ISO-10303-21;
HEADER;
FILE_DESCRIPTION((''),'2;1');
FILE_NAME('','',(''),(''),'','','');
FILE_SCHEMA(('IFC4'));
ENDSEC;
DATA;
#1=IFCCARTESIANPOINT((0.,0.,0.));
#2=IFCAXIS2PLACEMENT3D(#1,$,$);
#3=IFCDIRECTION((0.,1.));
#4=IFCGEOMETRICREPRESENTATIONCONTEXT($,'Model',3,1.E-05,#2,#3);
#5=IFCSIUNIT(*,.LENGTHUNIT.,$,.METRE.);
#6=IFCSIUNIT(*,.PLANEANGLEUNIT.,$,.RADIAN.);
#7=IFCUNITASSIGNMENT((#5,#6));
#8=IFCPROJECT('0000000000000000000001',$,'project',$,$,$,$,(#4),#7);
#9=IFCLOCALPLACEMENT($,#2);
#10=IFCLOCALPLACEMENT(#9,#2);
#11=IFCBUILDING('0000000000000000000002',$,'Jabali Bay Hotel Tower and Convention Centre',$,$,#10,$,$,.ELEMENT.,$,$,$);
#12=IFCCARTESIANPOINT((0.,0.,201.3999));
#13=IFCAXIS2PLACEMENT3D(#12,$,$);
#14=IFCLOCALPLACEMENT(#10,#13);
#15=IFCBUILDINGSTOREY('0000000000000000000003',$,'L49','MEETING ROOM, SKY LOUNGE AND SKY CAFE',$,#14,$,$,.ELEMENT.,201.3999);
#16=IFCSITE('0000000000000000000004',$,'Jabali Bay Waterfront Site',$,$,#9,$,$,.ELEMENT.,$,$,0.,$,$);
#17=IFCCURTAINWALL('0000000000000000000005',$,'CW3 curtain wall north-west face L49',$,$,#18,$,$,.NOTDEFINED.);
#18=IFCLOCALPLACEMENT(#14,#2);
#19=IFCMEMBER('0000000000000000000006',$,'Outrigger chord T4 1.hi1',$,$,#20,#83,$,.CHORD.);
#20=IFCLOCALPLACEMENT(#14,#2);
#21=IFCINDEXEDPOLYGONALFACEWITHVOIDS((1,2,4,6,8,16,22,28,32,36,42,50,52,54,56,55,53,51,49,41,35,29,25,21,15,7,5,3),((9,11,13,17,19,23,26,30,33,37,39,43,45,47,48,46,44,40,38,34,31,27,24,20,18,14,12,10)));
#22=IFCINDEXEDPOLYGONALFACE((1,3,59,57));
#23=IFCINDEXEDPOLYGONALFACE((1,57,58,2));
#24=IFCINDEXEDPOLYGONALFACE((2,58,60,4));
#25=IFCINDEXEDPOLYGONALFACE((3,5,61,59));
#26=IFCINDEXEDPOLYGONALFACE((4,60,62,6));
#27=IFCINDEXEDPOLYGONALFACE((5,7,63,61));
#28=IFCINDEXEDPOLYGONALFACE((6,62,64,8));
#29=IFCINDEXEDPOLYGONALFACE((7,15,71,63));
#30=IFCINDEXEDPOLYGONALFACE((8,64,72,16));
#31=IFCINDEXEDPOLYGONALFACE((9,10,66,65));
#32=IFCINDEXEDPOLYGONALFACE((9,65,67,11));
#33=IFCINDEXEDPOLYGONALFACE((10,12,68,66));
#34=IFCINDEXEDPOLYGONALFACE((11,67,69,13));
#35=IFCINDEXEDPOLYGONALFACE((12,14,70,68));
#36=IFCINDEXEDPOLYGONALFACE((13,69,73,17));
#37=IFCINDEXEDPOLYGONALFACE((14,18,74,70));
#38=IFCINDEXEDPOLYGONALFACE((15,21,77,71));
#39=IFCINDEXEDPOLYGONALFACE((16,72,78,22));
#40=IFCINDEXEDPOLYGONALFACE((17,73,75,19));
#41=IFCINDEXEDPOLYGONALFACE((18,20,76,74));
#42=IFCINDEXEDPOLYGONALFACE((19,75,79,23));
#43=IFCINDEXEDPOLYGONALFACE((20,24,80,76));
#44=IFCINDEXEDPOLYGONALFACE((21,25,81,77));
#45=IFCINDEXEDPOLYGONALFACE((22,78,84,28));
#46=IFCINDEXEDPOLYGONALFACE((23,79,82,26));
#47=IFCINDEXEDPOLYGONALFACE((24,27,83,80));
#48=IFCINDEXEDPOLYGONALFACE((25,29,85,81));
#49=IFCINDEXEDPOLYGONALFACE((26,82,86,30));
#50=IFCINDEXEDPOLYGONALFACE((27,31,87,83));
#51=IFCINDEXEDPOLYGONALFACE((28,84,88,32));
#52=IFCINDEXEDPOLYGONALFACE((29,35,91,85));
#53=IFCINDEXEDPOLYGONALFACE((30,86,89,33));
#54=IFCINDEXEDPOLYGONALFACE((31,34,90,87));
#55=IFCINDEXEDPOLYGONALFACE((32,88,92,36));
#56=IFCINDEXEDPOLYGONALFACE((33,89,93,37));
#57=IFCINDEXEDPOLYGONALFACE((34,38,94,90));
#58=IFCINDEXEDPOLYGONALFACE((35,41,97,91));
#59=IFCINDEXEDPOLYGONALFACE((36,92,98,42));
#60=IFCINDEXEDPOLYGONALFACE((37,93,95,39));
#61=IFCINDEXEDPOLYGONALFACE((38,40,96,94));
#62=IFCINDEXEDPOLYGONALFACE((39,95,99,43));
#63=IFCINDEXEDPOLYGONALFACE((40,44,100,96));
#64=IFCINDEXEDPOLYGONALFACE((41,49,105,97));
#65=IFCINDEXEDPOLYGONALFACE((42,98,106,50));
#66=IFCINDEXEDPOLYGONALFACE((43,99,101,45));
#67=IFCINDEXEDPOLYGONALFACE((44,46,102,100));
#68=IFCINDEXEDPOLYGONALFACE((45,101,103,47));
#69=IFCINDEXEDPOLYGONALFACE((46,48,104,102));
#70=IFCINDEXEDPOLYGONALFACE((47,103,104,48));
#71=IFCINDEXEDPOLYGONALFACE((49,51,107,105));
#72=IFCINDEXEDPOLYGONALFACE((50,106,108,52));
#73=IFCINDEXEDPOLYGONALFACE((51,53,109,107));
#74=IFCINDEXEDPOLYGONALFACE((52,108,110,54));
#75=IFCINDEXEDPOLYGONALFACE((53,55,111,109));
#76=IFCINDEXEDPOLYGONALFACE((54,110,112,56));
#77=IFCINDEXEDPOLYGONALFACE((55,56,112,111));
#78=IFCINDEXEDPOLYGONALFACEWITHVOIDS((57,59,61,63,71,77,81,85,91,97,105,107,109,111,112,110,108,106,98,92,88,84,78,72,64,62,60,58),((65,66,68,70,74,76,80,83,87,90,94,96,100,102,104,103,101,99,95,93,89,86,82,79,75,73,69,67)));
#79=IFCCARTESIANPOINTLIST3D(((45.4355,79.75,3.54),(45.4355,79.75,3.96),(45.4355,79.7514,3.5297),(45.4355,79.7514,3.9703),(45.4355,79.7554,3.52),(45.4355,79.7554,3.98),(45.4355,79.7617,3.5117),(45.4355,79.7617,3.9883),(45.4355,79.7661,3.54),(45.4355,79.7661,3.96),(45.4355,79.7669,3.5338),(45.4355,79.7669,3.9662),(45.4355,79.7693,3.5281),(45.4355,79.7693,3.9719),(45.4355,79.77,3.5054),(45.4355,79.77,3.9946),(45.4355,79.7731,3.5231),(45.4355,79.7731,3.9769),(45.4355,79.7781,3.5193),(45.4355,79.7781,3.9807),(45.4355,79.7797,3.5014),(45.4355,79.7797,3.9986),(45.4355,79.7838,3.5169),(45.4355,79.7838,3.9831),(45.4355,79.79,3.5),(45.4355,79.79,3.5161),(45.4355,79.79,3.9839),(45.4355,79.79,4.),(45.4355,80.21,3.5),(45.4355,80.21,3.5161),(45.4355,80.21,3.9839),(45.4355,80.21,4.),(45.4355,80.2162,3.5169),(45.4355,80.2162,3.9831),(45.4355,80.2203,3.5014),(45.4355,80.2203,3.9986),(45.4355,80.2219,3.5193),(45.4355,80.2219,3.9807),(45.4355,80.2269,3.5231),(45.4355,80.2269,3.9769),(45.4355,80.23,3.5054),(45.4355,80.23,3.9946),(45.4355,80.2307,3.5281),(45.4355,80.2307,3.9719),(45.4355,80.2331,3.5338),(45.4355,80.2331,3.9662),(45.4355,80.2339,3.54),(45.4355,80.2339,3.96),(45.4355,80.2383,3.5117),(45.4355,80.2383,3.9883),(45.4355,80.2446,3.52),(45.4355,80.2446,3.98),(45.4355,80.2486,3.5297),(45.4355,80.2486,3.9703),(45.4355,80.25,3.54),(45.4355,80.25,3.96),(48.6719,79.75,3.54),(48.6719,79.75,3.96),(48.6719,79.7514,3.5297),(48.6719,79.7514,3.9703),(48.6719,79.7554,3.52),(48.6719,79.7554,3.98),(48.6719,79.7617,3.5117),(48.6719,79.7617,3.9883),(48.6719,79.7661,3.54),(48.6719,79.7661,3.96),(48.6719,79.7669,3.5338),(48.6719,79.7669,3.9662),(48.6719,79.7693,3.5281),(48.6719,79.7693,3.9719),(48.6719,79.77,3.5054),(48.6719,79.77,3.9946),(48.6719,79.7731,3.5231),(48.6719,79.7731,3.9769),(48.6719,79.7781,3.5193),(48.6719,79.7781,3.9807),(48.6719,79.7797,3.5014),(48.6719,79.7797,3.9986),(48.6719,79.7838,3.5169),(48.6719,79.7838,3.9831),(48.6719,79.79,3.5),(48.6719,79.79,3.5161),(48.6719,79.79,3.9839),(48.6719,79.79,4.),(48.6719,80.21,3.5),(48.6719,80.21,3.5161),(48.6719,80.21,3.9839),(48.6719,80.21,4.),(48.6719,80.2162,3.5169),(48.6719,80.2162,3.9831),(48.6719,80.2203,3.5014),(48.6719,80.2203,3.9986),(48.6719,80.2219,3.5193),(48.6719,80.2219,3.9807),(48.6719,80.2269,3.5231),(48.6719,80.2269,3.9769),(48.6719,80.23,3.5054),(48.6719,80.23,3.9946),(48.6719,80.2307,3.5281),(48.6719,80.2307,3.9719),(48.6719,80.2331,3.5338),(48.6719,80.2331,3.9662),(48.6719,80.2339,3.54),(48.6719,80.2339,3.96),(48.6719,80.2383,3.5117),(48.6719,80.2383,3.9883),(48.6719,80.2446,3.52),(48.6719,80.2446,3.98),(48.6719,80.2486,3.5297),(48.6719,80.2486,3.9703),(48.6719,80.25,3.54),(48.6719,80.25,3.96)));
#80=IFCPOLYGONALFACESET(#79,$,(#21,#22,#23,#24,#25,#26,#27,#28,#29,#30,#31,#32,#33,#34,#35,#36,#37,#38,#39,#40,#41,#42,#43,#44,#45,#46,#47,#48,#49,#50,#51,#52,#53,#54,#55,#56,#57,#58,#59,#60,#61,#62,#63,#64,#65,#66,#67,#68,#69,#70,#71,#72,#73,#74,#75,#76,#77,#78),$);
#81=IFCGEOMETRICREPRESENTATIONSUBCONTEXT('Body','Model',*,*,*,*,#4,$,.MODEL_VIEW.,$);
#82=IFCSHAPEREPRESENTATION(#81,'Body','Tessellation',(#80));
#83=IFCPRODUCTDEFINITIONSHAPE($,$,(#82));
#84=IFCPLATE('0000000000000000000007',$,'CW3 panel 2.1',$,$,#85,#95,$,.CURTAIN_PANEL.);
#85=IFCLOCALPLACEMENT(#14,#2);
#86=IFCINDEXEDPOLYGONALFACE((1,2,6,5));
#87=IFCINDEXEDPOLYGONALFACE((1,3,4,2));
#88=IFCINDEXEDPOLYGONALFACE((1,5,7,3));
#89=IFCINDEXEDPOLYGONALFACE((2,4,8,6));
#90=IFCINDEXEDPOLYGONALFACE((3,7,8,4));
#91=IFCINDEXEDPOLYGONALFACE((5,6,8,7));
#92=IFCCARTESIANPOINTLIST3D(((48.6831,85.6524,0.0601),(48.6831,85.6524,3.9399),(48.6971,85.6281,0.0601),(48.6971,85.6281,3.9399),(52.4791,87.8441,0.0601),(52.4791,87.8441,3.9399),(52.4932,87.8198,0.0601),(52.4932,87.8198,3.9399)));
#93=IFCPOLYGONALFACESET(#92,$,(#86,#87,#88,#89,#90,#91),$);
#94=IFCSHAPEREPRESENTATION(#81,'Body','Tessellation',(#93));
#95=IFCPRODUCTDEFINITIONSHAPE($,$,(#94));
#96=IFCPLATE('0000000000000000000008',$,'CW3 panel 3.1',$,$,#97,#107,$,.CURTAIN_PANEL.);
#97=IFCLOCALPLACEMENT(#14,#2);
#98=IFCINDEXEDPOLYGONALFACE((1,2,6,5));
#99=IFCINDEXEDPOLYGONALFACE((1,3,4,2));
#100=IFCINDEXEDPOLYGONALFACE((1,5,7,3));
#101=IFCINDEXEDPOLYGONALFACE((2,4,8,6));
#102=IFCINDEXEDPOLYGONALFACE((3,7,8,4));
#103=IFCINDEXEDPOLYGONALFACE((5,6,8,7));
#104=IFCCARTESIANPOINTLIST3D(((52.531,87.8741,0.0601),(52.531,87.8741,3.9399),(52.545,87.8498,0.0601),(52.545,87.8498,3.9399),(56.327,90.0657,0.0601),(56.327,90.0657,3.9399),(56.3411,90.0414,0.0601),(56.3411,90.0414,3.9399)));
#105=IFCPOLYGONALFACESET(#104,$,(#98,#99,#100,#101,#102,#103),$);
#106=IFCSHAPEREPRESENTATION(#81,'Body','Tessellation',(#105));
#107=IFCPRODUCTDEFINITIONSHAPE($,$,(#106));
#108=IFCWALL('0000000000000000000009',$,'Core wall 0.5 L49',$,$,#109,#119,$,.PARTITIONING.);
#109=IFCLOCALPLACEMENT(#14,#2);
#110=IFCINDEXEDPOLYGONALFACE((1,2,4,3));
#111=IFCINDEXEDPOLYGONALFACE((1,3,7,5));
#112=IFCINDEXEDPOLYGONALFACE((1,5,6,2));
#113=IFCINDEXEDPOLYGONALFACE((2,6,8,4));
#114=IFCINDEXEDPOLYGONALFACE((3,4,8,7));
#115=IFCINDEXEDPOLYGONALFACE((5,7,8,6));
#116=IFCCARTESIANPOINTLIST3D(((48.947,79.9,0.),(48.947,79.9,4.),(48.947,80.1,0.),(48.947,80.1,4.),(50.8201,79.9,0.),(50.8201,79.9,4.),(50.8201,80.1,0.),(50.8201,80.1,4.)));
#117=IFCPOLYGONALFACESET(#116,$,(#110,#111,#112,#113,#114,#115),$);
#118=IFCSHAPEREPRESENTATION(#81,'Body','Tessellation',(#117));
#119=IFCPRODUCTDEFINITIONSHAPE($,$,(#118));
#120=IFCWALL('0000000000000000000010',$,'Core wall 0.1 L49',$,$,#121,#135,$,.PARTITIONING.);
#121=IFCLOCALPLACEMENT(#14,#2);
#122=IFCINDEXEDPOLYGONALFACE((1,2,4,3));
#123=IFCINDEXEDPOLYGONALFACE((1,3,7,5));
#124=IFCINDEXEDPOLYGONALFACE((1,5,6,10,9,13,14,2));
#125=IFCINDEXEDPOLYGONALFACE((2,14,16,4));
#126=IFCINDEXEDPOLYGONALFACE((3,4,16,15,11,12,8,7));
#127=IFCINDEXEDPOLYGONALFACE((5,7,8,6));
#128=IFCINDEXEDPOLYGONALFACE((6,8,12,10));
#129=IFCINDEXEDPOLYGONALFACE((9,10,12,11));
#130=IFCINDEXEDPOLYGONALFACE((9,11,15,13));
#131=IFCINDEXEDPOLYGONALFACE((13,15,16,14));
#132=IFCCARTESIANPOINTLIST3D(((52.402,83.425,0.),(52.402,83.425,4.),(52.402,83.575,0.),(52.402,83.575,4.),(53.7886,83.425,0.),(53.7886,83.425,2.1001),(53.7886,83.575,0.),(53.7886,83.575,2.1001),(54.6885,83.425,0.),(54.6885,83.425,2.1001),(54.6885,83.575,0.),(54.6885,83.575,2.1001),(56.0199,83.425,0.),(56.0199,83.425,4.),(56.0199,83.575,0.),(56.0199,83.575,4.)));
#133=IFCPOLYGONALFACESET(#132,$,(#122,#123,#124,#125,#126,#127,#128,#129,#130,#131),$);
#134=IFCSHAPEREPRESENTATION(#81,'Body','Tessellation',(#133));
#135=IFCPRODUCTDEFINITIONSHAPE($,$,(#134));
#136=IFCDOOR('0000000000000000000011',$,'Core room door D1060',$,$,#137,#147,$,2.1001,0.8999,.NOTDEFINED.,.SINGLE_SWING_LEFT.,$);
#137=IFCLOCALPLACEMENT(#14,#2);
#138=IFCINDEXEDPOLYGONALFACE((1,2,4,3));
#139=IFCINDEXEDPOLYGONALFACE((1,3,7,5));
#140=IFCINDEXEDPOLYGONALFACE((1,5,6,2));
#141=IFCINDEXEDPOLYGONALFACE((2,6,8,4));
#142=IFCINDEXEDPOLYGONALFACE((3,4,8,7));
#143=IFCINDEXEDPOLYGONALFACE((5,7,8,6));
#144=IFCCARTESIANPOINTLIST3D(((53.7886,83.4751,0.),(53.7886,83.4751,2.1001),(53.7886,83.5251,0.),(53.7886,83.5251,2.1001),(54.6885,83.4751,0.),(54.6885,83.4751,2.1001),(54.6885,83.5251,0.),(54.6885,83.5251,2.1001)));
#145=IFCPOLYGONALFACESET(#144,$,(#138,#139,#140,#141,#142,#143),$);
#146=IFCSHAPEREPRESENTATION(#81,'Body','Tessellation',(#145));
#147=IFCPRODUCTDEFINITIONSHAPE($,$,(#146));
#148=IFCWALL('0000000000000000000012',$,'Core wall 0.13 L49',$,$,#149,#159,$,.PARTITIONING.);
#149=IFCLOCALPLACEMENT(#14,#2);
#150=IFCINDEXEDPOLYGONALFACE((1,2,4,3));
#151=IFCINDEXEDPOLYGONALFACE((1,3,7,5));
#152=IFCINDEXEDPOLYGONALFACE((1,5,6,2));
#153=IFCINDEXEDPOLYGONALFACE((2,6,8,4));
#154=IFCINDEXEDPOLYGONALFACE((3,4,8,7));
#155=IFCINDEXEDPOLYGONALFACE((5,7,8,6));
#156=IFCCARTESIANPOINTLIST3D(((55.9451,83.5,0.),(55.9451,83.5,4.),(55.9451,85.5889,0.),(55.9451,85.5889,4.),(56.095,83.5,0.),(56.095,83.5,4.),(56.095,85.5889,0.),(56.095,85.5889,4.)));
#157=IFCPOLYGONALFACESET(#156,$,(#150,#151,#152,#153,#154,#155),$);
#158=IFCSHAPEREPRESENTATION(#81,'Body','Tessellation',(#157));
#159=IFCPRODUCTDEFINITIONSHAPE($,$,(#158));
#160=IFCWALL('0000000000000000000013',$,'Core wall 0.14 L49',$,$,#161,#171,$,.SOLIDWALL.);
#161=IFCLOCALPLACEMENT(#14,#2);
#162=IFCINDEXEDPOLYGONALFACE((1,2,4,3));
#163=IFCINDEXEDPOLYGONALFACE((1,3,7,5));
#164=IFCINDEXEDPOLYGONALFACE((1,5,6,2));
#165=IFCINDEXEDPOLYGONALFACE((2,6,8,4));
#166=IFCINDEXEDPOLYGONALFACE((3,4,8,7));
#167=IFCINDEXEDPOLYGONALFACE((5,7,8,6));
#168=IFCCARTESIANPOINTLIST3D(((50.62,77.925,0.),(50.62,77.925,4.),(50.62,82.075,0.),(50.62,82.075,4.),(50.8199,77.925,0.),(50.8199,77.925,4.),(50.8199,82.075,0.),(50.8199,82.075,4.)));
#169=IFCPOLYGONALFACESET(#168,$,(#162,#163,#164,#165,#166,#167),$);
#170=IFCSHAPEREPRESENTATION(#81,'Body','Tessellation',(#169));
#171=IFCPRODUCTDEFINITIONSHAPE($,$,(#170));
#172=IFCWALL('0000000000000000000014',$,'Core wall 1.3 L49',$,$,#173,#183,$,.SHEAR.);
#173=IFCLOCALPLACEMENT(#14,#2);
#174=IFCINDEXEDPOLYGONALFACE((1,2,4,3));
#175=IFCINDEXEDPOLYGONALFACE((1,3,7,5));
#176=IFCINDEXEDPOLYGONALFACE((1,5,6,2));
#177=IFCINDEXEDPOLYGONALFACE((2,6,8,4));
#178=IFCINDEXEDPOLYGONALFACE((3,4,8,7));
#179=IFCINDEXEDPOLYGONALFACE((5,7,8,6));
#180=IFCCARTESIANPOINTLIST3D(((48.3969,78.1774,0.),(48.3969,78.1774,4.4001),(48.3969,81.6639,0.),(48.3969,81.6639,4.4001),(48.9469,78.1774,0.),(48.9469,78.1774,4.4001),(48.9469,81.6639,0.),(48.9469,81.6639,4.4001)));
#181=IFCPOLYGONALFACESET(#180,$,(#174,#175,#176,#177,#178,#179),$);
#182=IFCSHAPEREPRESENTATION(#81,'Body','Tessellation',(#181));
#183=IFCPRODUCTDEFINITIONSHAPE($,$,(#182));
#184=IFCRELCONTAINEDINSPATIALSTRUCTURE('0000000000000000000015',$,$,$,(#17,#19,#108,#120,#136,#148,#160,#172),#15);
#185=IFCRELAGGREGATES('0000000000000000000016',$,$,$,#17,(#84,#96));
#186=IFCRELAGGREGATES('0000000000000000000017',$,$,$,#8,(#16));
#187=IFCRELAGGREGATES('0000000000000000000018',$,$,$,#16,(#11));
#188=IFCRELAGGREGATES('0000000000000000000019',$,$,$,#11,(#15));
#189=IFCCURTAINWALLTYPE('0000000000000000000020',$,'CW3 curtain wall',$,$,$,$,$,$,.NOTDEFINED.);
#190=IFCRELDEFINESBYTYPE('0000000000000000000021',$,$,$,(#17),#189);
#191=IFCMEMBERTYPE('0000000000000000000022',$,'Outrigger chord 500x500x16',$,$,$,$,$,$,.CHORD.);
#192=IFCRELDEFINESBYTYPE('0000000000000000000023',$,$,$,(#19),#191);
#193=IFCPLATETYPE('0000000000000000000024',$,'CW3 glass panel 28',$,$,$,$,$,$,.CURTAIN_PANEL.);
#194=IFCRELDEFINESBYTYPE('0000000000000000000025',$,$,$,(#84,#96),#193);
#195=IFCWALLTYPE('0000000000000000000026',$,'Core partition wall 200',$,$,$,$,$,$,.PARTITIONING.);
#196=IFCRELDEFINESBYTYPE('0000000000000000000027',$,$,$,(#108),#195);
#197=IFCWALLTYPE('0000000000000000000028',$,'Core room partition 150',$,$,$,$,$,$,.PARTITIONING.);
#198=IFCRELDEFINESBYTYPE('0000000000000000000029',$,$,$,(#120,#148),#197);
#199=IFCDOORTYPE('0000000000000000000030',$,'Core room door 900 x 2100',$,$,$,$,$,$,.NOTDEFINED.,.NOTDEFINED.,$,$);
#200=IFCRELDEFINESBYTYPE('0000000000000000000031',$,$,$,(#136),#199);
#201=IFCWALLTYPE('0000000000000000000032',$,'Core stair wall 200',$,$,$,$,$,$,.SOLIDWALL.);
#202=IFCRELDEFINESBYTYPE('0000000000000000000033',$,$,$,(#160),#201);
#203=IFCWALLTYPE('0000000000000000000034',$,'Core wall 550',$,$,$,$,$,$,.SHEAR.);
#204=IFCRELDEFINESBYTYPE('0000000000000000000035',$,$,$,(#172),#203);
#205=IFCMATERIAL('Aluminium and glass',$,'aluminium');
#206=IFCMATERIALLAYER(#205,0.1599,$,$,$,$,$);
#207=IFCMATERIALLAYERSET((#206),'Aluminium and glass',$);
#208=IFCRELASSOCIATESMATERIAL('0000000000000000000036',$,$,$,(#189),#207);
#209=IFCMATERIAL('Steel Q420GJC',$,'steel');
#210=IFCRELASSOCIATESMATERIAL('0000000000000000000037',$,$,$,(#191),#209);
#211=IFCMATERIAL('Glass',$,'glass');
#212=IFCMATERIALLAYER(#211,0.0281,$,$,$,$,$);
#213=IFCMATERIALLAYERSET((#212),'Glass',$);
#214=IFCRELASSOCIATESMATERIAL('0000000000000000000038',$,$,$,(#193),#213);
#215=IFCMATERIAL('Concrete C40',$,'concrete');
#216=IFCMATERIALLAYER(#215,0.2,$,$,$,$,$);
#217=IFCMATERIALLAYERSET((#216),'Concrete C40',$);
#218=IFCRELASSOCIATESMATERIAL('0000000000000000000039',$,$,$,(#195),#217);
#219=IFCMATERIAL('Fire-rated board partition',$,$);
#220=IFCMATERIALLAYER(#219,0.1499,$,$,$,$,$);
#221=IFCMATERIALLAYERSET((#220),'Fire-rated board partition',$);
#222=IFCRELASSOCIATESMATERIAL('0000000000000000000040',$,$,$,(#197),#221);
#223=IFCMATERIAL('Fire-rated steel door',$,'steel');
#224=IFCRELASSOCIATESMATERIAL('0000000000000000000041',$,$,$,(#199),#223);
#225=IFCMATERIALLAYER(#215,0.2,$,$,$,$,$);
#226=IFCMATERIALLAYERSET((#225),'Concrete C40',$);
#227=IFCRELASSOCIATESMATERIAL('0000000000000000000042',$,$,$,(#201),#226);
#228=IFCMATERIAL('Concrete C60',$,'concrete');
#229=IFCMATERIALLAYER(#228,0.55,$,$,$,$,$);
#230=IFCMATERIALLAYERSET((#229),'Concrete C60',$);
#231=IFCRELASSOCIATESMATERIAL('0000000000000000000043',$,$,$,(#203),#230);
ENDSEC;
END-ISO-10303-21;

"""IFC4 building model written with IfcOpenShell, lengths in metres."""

from ifc_helpers import new_model, si_unit, direction, frame, frame_2d, origin, origin_2d, place, context, subcontext, project, spatial, rectangle, hollow_rectangle, extrude, material, layer, layer_set, material_profile, profile_set, type_object, element, fill, aggregate, save


model = new_model("IFC4")

# Units and contexts
model_context = context("Model", 3, precision=1e-05, world=origin(), true_north=direction((0.0, 1.0)))
body_context = subcontext(model_context, "Body", "Model", "MODEL_VIEW")
ifc_project = project(units=[si_unit("LENGTHUNIT", "METRE"), si_unit("PLANEANGLEUNIT", "RADIAN")], contexts=[model_context])

# Site, building, storey
site_placement = place(None, origin())
site = spatial("IfcSite", under=ifc_project, at=site_placement, Name="Jabali Bay Waterfront Site", CompositionType="ELEMENT", RefElevation=0.0)
building_placement = place(site_placement, origin())
building = spatial("IfcBuilding", under=site, at=building_placement, Name="Jabali Bay Hotel Tower and Convention Centre", CompositionType="ELEMENT")
storey_placement = place(building_placement, frame((0.0, 0.0, 201.3999)))
storey = spatial("IfcBuildingStorey", under=building, at=storey_placement, Name="L49", Description="MEETING ROOM, SKY LOUNGE AND SKY CAFE", CompositionType="ELEMENT", Elevation=201.3999)

# Shared definitions
ifc_material_1 = material(Name="Concrete C60", Category="concrete")

# Shared definitions
ifc_material_2 = material(Name="Steel Q420GJC", Category="steel")

# Curtain wall
ifc_material_3 = material(Name="Aluminium and glass", Category="aluminium")
ifc_layer_1 = layer(ifc_material_3, 0.1599)
ifc_layer_set_1 = layer_set([ifc_layer_1], Name="Aluminium and glass")
curtain_wall_type = type_object("IfcCurtainWallType", Name="CW3 curtain wall", PredefinedType="NOTDEFINED", material=ifc_layer_set_1)
curtain_wall_placement = place(storey_placement, origin())
curtain_wall = element("IfcCurtainWall", 1, at=curtain_wall_placement, inside=storey, type_object=curtain_wall_type, Name="CW3 curtain wall north-west face L49", PredefinedType="NOTDEFINED")

# Member
ifc_material_profile_1 = material_profile(ifc_material_2, hollow_rectangle(XDim=0.5, YDim=0.5, WallThickness=0.0161, InnerFilletRadius=0.0239, OuterFilletRadius=0.04, at=origin_2d()), Name="Outrigger chord 500x500x16")
ifc_profile_set_1 = profile_set([ifc_material_profile_1], Name="Steel Q420GJC")
member_type_1 = type_object("IfcMemberType", Name="Outrigger chord 500x500x16", PredefinedType="CHORD", material=ifc_profile_set_1)
member_1_placement = place(storey_placement, frame((48.6719, 80.0, 3.75), z_axis=(-1.0, 0.0, 0.0), x_axis=(0.0, -1.0, 0.0)))
element("IfcMember", 2, at=member_1_placement, inside=storey, type_object=member_type_1, Name="Outrigger chord T4 1.hi1", PredefinedType="CHORD", context=body_context, shape_type="SweptSolid", body=[
    extrude(hollow_rectangle(XDim=0.5, YDim=0.5, WallThickness=0.0161, InnerFilletRadius=0.0239, OuterFilletRadius=0.04, at=origin_2d()), origin(), (0.0, 0.0, 1.0), 3.2363),
])

# Plates
ifc_material_4 = material(Name="Glass", Category="glass")
ifc_layer_2 = layer(ifc_material_4, 0.0281)
ifc_layer_set_2 = layer_set([ifc_layer_2], Name="Glass")
plate_type = type_object("IfcPlateType", Name="CW3 glass panel 28", PredefinedType="CURTAIN_PANEL", material=ifc_layer_set_2)
plate_1_placement = place(storey_placement, frame((50.5881, 86.7361, 0.0601), z_axis=(0.0, 0.0, 1.0), x_axis=(0.866025, 0.5, 0.0)))
plate_1 = element("IfcPlate", 3, at=plate_1_placement, type_object=plate_type, Name="CW3 panel 2.1", PredefinedType="CURTAIN_PANEL", context=body_context, shape_type="SweptSolid", body=[
    extrude(rectangle(XDim=4.3833, YDim=0.0281, at=origin_2d()), origin(), (0.0, 0.0, 1.0), 3.8799),
])
plate_2_placement = place(storey_placement, frame((54.436, 88.9578, 0.0601), z_axis=(0.0, 0.0, 1.0), x_axis=(0.866025, 0.5, 0.0)))
plate_2 = element("IfcPlate", 4, at=plate_2_placement, type_object=plate_type, Name="CW3 panel 3.1", PredefinedType="CURTAIN_PANEL", context=body_context, shape_type="SweptSolid", body=[
    extrude(rectangle(XDim=4.3833, YDim=0.0281, at=origin_2d()), origin(), (0.0, 0.0, 1.0), 3.8799),
])
aggregate(curtain_wall, [plate_1, plate_2])

# Wall
ifc_material_5 = material(Name="Concrete C40", Category="concrete")
ifc_layer_3 = layer(ifc_material_5, 0.2)
ifc_layer_set_3 = layer_set([ifc_layer_3], Name="Concrete C40")
wall_type_1 = type_object("IfcWallType", Name="Core partition wall 200", PredefinedType="PARTITIONING", material=ifc_layer_set_3)
wall_1_placement = place(storey_placement, frame((50.8201, 80.0, 0.0), z_axis=(0.0, 0.0, 1.0), x_axis=(-1.0, 0.0, 0.0)))
element("IfcWall", 5, at=wall_1_placement, inside=storey, type_object=wall_type_1, Name="Core wall 0.5 L49", PredefinedType="PARTITIONING", context=body_context, shape_type="SweptSolid", body=[
    extrude(rectangle(XDim=1.873, YDim=0.2, at=frame_2d((0.9365, 0.0))), origin(), (0.0, 0.0, 1.0), 4.0),
])

# Wall, opening, door
ifc_material_6 = material(Name="Fire-rated board partition")
ifc_layer_4 = layer(ifc_material_6, 0.1499)
ifc_layer_set_4 = layer_set([ifc_layer_4], Name="Fire-rated board partition")
wall_type_2 = type_object("IfcWallType", Name="Core room partition 150", PredefinedType="PARTITIONING", material=ifc_layer_set_4)
wall_2_placement = place(storey_placement, frame((56.02, 83.5, 0.0), z_axis=(0.0, 0.0, 1.0), x_axis=(-1.0, 0.0, 0.0)))
wall_2 = element("IfcWall", 6, at=wall_2_placement, inside=storey, type_object=wall_type_2, Name="Core wall 0.1 L49", PredefinedType="PARTITIONING", context=body_context, shape_type="SweptSolid", body=[
    extrude(rectangle(XDim=3.6179, YDim=0.1499, at=frame_2d((1.8091, 0.0))), origin(), (0.0, 0.0, 1.0), 4.0),
])
opening_placement = place(wall_2_placement, frame((1.3315, 0.0, 0.0)))
opening = element("IfcOpeningElement", 7, at=opening_placement, cuts=wall_2, PredefinedType="OPENING", context=body_context, shape_type="SweptSolid", body=[
    extrude(rectangle(XDim=0.8999, YDim=2.1001, at=frame_2d((0.45, 1.05))), frame((0.0, 0.0854, 0.0), z_axis=(0.0, -1.0, 0.0), x_axis=(1.0, 0.0, 0.0)), (0.0, 0.0, 1.0), 0.1709),
])
ifc_material_7 = material(Name="Fire-rated steel door", Category="steel")
door_type = type_object("IfcDoorType", Name="Core room door 900 x 2100", OperationType="NOTDEFINED", PredefinedType="NOTDEFINED", material=ifc_material_7)
door_placement = place(opening_placement, origin())
door = element("IfcDoor", 8, at=door_placement, inside=storey, type_object=door_type, Name="Core room door D1060", OperationType="SINGLE_SWING_LEFT", OverallHeight=2.1001, OverallWidth=0.8999, PredefinedType="NOTDEFINED", context=body_context, shape_type="SweptSolid", body=[
    extrude(rectangle(XDim=0.8999, YDim=2.1001, at=frame_2d((0.45, 1.05))), frame((0.0, 0.0249, 0.0), z_axis=(0.0, -1.0, 0.0), x_axis=(1.0, 0.0, 0.0)), (0.0, 0.0, 1.0), 0.05),
])
fill(opening, door)

# Walls
wall_3_placement = place(storey_placement, frame((56.02, 85.5889, 0.0), z_axis=(0.0, 0.0, 1.0), x_axis=(0.0, -1.0, 0.0)))
element("IfcWall", 9, at=wall_3_placement, inside=storey, type_object=wall_type_2, Name="Core wall 0.13 L49", PredefinedType="PARTITIONING", context=body_context, shape_type="SweptSolid", body=[
    extrude(rectangle(XDim=2.0889, YDim=0.1499, at=frame_2d((1.0444, 0.0))), origin(), (0.0, 0.0, 1.0), 4.0),
])
ifc_layer_5 = layer(ifc_material_5, 0.2)
ifc_layer_set_5 = layer_set([ifc_layer_5], Name="Concrete C40")
wall_type_3 = type_object("IfcWallType", Name="Core stair wall 200", PredefinedType="SOLIDWALL", material=ifc_layer_set_5)
wall_4_placement = place(storey_placement, frame((50.72, 82.075, 0.0), z_axis=(0.0, 0.0, 1.0), x_axis=(0.0, -1.0, 0.0)))
element("IfcWall", 10, at=wall_4_placement, inside=storey, type_object=wall_type_3, Name="Core wall 0.14 L49", PredefinedType="SOLIDWALL", context=body_context, shape_type="SweptSolid", body=[
    extrude(rectangle(XDim=4.1499, YDim=0.2, at=frame_2d((2.075, 0.0))), origin(), (0.0, 0.0, 1.0), 4.0),
])
ifc_layer_6 = layer(ifc_material_1, 0.55)
ifc_layer_set_6 = layer_set([ifc_layer_6], Name="Concrete C60")
wall_type_4 = type_object("IfcWallType", Name="Core wall 550", PredefinedType="SHEAR", material=ifc_layer_set_6)
wall_5_placement = place(storey_placement, frame((48.6719, 81.6638, 0.0), z_axis=(0.0, 0.0, 1.0), x_axis=(0.0, -1.0, 0.0)))
element("IfcWall", 11, at=wall_5_placement, inside=storey, type_object=wall_type_4, Name="Core wall 1.3 L49", PredefinedType="SHEAR", context=body_context, shape_type="SweptSolid", body=[
    extrude(rectangle(XDim=3.4866, YDim=0.55, at=frame_2d((1.7432, 0.0))), origin(), (0.0, 0.0, 1.0), 4.4001),
])

save(model, "model.ifc")
